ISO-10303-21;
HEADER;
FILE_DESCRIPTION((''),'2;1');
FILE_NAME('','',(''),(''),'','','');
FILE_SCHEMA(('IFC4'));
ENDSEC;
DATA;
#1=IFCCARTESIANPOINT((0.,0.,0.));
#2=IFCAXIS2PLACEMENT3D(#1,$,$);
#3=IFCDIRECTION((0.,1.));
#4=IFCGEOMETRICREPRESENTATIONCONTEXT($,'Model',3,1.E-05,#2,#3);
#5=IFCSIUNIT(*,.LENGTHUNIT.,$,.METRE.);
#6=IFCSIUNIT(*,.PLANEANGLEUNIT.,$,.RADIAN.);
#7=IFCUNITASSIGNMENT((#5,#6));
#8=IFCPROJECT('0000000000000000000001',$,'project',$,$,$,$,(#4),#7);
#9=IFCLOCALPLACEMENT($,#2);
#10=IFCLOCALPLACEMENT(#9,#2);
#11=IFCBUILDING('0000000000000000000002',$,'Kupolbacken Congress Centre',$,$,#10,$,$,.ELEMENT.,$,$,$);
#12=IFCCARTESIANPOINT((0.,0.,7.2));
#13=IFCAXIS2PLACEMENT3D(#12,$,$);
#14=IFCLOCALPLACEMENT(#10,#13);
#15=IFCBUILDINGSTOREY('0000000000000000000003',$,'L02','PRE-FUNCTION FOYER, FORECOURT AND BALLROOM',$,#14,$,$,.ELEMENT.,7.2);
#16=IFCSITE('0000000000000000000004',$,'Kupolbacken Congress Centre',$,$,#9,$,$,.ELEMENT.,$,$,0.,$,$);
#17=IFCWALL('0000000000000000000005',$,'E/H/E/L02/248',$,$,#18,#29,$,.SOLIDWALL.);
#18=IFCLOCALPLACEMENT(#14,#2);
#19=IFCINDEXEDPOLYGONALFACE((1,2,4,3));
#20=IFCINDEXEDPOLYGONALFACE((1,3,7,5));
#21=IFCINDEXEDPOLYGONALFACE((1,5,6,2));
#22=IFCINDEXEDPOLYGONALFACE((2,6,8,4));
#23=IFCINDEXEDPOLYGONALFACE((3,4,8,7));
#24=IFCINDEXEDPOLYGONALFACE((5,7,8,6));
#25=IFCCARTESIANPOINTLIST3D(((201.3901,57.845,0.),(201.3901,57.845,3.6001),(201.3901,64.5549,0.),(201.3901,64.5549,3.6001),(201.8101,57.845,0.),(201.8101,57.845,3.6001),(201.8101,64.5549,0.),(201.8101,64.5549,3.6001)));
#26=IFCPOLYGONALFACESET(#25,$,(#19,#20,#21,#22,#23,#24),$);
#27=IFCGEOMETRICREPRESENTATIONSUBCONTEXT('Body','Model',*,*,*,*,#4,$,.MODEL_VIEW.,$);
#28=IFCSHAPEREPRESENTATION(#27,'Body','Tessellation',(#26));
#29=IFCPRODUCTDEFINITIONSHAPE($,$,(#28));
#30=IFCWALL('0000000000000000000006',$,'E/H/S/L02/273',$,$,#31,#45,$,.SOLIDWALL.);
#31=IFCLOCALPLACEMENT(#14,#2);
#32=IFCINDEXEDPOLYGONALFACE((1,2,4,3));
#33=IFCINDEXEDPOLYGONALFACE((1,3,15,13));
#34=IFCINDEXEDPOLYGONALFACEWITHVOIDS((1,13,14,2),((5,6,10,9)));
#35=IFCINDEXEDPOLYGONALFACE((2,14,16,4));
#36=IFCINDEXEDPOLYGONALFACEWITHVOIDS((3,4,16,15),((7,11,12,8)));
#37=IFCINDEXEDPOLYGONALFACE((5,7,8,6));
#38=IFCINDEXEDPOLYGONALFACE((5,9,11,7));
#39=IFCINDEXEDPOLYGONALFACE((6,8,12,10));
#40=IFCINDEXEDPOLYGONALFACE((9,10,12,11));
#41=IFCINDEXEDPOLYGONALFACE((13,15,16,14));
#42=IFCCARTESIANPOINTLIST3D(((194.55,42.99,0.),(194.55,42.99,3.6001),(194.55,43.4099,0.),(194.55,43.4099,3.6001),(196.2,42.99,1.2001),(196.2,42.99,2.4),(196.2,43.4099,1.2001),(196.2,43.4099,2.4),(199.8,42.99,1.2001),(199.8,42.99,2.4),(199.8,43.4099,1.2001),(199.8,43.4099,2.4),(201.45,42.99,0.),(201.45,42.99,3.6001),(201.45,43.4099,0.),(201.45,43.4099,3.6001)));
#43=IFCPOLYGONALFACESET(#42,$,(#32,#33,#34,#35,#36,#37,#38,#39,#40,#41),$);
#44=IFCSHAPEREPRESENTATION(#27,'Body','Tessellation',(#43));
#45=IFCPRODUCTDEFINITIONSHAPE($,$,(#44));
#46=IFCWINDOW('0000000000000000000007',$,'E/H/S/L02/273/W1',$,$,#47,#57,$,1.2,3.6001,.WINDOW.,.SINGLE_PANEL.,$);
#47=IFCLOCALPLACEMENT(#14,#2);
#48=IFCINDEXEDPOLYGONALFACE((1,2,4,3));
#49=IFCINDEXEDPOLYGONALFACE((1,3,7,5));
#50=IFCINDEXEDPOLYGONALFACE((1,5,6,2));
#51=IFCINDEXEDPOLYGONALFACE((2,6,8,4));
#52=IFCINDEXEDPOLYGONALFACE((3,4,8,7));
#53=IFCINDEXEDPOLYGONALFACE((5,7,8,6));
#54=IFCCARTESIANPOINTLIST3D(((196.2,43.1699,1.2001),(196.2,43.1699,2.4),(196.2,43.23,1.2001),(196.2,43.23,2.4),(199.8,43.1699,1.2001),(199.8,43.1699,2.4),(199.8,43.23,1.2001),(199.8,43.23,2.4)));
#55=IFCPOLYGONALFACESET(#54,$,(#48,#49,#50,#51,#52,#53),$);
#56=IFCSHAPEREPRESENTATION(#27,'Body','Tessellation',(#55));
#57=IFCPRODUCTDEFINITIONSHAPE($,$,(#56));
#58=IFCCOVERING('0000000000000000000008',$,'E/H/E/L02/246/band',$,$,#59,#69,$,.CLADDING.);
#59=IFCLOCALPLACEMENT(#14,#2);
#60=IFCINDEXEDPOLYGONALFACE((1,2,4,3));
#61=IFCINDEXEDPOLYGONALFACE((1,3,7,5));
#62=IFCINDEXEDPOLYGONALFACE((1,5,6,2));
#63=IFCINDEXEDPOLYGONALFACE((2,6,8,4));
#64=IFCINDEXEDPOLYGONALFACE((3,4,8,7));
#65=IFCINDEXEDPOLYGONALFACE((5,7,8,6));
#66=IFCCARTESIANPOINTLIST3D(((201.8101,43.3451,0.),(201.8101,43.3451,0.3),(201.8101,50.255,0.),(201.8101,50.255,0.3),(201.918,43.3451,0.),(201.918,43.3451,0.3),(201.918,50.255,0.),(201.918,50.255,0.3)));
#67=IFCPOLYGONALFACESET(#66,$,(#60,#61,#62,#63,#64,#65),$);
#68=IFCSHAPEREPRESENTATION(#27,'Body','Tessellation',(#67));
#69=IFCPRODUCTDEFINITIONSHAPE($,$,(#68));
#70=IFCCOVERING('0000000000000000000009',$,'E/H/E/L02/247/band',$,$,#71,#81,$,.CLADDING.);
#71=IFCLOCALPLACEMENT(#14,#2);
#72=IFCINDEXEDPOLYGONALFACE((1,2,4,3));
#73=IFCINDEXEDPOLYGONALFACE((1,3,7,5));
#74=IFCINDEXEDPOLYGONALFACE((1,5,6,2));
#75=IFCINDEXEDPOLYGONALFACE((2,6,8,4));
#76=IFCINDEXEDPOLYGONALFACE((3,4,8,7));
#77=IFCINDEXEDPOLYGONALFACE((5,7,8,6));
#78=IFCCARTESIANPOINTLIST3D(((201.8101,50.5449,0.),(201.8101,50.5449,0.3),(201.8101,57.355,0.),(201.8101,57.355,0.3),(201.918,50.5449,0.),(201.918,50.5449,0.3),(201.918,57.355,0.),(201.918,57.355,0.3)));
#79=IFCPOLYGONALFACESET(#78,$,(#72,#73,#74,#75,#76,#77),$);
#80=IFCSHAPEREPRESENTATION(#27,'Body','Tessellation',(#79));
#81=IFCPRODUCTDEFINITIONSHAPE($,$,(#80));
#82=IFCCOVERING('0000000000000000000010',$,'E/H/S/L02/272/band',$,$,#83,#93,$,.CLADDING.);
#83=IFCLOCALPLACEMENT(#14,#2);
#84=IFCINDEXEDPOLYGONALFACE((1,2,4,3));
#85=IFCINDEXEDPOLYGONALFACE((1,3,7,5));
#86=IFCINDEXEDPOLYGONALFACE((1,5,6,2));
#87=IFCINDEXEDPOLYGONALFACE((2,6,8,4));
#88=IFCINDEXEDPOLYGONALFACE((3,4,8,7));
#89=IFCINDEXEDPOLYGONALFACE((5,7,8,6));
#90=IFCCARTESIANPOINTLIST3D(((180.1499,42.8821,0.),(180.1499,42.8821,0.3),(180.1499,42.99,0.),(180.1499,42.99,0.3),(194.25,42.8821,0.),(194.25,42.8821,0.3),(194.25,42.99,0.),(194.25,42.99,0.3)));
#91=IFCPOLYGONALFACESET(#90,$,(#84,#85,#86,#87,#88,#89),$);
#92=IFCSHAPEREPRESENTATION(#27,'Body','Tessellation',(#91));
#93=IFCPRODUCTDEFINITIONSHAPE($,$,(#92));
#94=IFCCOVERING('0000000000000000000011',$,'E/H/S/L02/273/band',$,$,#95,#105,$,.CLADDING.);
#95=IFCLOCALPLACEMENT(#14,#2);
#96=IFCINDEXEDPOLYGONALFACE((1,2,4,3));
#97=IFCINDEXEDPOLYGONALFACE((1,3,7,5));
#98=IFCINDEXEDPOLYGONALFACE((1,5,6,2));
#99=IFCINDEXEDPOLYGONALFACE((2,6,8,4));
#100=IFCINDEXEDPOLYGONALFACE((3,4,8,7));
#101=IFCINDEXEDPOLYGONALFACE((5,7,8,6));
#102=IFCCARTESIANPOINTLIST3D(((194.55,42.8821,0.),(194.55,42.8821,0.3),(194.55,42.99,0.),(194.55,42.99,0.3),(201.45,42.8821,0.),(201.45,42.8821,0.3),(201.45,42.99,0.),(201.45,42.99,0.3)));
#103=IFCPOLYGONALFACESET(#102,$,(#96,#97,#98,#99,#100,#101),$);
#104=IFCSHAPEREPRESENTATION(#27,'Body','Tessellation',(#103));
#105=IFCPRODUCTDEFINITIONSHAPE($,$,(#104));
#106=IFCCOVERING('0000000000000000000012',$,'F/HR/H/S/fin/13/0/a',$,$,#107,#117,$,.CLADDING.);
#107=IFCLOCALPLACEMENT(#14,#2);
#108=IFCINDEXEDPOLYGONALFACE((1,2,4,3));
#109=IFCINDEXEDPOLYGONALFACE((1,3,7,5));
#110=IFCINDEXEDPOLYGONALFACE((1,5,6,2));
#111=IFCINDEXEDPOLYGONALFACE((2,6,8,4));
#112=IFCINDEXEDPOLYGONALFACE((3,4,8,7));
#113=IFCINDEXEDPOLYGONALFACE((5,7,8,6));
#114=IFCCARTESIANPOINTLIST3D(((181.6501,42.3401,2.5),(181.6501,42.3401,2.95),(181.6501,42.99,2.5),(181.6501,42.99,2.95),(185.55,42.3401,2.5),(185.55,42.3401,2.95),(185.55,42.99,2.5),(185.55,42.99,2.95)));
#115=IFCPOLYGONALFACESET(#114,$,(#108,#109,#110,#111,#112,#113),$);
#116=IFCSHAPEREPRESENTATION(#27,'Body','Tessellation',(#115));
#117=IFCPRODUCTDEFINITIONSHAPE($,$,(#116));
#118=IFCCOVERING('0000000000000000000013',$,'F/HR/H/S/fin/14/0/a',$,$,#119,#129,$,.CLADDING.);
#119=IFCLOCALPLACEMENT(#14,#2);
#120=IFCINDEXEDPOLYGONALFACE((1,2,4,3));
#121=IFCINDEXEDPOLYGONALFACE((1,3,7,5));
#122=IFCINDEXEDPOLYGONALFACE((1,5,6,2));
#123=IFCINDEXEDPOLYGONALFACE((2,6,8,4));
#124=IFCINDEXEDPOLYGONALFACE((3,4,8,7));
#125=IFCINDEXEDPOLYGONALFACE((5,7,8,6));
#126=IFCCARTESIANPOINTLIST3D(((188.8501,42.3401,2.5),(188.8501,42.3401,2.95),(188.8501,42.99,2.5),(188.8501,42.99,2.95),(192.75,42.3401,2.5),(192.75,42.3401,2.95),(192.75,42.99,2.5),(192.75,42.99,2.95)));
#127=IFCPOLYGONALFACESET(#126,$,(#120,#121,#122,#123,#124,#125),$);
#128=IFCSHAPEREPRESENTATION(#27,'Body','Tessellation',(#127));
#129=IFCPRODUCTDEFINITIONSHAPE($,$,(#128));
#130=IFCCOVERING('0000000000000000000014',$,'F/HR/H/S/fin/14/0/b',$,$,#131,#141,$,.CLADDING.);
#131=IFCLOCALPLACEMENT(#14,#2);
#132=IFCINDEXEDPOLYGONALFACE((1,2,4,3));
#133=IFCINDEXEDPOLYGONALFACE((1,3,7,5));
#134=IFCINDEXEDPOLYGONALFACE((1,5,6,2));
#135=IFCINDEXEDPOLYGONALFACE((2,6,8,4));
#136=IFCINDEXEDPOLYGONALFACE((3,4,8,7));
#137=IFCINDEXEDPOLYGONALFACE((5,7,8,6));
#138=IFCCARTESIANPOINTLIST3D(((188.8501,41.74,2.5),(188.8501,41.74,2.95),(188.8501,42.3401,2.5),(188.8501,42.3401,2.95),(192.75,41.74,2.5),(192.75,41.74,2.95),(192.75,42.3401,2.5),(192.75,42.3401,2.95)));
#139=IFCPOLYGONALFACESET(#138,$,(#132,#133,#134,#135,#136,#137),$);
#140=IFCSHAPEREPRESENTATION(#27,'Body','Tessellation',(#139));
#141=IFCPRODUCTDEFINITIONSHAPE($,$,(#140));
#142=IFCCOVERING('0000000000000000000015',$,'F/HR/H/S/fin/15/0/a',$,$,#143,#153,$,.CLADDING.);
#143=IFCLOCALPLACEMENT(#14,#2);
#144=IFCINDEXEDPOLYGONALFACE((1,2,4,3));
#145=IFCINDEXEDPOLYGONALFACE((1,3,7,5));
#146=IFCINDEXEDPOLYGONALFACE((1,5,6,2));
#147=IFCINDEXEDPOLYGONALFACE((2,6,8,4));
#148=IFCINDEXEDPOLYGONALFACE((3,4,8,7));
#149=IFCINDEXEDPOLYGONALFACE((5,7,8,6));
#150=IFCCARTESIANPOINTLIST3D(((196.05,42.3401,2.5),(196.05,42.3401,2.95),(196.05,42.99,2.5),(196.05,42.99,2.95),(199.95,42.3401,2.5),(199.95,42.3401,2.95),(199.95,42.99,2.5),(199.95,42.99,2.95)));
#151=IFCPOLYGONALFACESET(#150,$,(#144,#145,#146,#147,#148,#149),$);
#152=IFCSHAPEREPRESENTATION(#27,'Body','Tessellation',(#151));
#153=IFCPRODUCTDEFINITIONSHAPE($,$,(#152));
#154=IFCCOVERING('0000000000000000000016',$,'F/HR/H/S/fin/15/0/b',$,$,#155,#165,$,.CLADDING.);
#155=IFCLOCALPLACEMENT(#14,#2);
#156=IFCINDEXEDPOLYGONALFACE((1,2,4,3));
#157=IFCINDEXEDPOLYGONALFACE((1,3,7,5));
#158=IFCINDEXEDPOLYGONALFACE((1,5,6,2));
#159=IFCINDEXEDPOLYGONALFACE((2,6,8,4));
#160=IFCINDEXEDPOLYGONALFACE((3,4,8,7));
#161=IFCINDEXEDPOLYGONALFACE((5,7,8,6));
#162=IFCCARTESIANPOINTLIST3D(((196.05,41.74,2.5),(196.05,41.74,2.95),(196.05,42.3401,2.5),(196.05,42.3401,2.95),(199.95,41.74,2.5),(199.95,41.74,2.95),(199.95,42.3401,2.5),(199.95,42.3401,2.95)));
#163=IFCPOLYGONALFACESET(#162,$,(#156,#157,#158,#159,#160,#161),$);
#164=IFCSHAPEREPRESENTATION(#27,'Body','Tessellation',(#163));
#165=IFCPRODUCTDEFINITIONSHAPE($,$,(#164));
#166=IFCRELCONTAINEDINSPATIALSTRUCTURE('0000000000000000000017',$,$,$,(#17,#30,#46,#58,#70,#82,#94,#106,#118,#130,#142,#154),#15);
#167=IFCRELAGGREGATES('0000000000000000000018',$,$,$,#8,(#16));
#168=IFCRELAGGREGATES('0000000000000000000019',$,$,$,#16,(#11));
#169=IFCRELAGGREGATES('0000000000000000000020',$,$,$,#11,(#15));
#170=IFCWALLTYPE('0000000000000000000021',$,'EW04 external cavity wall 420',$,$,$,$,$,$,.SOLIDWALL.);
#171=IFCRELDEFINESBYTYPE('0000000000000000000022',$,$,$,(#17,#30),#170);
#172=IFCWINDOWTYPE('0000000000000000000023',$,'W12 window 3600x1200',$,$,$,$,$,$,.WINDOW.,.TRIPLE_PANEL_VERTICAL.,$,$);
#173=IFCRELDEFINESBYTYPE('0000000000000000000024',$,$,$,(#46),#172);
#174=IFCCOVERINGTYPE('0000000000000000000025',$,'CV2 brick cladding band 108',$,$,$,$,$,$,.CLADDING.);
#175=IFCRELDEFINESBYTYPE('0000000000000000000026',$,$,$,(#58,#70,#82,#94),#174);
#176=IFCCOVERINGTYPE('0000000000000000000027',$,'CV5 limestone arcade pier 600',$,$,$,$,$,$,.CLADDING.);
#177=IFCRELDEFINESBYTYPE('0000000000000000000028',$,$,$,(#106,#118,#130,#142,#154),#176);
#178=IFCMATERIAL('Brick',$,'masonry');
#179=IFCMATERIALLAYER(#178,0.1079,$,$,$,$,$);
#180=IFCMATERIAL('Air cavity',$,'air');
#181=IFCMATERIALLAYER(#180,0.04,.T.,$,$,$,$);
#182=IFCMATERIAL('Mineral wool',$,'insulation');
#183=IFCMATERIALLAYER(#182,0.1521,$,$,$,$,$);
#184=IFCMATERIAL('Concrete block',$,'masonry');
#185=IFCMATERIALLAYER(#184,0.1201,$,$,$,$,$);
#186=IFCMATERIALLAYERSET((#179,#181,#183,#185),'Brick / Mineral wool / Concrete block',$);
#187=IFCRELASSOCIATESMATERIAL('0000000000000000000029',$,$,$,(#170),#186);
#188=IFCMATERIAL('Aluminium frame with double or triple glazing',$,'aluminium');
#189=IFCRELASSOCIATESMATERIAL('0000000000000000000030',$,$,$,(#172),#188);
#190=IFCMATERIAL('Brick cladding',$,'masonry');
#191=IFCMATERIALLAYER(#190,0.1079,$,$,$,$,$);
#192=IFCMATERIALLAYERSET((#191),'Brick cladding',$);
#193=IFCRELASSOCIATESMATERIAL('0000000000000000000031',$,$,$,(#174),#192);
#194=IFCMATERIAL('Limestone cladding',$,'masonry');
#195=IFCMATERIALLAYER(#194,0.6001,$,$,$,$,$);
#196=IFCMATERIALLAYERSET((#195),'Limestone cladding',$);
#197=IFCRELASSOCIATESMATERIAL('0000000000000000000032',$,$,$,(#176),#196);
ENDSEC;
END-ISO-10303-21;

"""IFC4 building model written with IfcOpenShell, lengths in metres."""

from ifc_helpers import new_model, si_unit, direction, frame, frame_2d, origin, origin_2d, place, context, subcontext, project, spatial, rectangle, extrude, material, layer, layer_set, type_object, element, fill, save


model = new_model("IFC4")

# Units and contexts
model_context = context("Model", 3, precision=1e-05, world=origin(), true_north=direction((0.0, 1.0)))
body_context = subcontext(model_context, "Body", "Model", "MODEL_VIEW")
ifc_project = project(units=[si_unit("LENGTHUNIT", "METRE"), si_unit("PLANEANGLEUNIT", "RADIAN")], contexts=[model_context])

# Site, building, storey
site_placement = place(None, origin())
site = spatial("IfcSite", under=ifc_project, at=site_placement, Name="Kupolbacken Congress Centre", CompositionType="ELEMENT", RefElevation=0.0)
building_placement = place(site_placement, origin())
building = spatial("IfcBuilding", under=site, at=building_placement, Name="Kupolbacken Congress Centre", CompositionType="ELEMENT")
storey_placement = place(building_placement, frame((0.0, 0.0, 7.2)))
storey = spatial("IfcBuildingStorey", under=building, at=storey_placement, Name="L02", Description="PRE-FUNCTION FOYER, FORECOURT AND BALLROOM", CompositionType="ELEMENT", Elevation=7.2)

# Shared definitions
ifc_material_1 = material(Name="Brick", Category="masonry")
ifc_layer_1 = layer(ifc_material_1, 0.1079)
ifc_material_2 = material(Name="Air cavity", Category="air")
ifc_layer_2 = layer(ifc_material_2, 0.04, ventilated=True)
ifc_material_3 = material(Name="Mineral wool", Category="insulation")
ifc_layer_3 = layer(ifc_material_3, 0.1521)
ifc_material_4 = material(Name="Concrete block", Category="masonry")
ifc_layer_4 = layer(ifc_material_4, 0.1201)
ifc_layer_set_1 = layer_set([ifc_layer_1, ifc_layer_2, ifc_layer_3, ifc_layer_4], Name="Brick / Mineral wool / Concrete block")
wall_type = type_object("IfcWallType", Name="EW04 external cavity wall 420", PredefinedType="SOLIDWALL", material=ifc_layer_set_1)
ifc_material_5 = material(Name="Aluminium frame with double or triple glazing", Category="aluminium")
window_type = type_object("IfcWindowType", Name="W12 window 3600x1200", PartitioningType="TRIPLE_PANEL_VERTICAL", PredefinedType="WINDOW", material=ifc_material_5)

# Wall
wall_1_placement = place(storey_placement, frame((201.6001, 57.845, 0.0), z_axis=(0.0, 0.0, 1.0), x_axis=(0.0, 1.0, 0.0)))
element("IfcWall", 1, at=wall_1_placement, inside=storey, type_object=wall_type, Name="E/H/E/L02/248", PredefinedType="SOLIDWALL", context=body_context, shape_type="SweptSolid", body=[
    extrude(rectangle(XDim=6.71, YDim=0.4199, at=frame_2d((3.355, 0.0))), origin(), (0.0, 0.0, 1.0), 3.6001),
])

# Wall, opening, window
wall_2_placement = place(storey_placement, frame((194.55, 43.2, 0.0), z_axis=(0.0, 0.0, 1.0), x_axis=(1.0, 0.0, 0.0)))
wall_2 = element("IfcWall", 2, at=wall_2_placement, inside=storey, type_object=wall_type, Name="E/H/S/L02/273", PredefinedType="SOLIDWALL", context=body_context, shape_type="SweptSolid", body=[
    extrude(rectangle(XDim=6.8999, YDim=0.4199, at=frame_2d((3.45, 0.0))), origin(), (0.0, 0.0, 1.0), 3.6001),
])
opening_1_placement = place(wall_2_placement, frame((1.6499, 0.0, 1.2)))
opening_1 = element("IfcOpeningElement", 3, at=opening_1_placement, cuts=wall_2, PredefinedType="OPENING", context=body_context, shape_type="SweptSolid", body=[
    extrude(rectangle(XDim=3.6001, YDim=1.2, at=frame_2d((1.8, 0.6001))), frame((0.0, 0.22, 0.0), z_axis=(0.0, -1.0, 0.0), x_axis=(1.0, 0.0, 0.0)), (0.0, 0.0, 1.0), 0.4399),
])
window_1_placement = place(opening_1_placement, origin())
window_1 = element("IfcWindow", 4, at=window_1_placement, inside=storey, type_object=window_type, Name="E/H/S/L02/273/W1", OverallHeight=1.2, OverallWidth=3.6001, PartitioningType="SINGLE_PANEL", PredefinedType="WINDOW", context=body_context, shape_type="SweptSolid", body=[
    extrude(rectangle(XDim=3.6001, YDim=1.2, at=frame_2d((1.8, 0.6001))), frame((0.0, 0.03, 0.0), z_axis=(0.0, -1.0, 0.0), x_axis=(1.0, 0.0, 0.0)), (0.0, 0.0, 1.0), 0.0601),
])
fill(opening_1, window_1)

# Coverings
ifc_material_6 = material(Name="Brick cladding", Category="masonry")
ifc_layer_5 = layer(ifc_material_6, 0.1079)
ifc_layer_set_2 = layer_set([ifc_layer_5], Name="Brick cladding")
covering_type_1 = type_object("IfcCoveringType", Name="CV2 brick cladding band 108", PredefinedType="CLADDING", material=ifc_layer_set_2)
covering_1_placement = place(storey_placement, frame((201.864, 46.8, 0.0), z_axis=(0.0, 0.0, 1.0), x_axis=(0.0, 1.0, 0.0)))
element("IfcCovering", 5, at=covering_1_placement, inside=storey, type_object=covering_type_1, Name="E/H/E/L02/246/band", PredefinedType="CLADDING", context=body_context, shape_type="SweptSolid", body=[
    extrude(rectangle(XDim=6.9099, YDim=0.1079, at=origin_2d()), origin(), (0.0, 0.0, 1.0), 0.3),
])
covering_2_placement = place(storey_placement, frame((201.864, 53.95, 0.0), z_axis=(0.0, 0.0, 1.0), x_axis=(0.0, 1.0, 0.0)))
element("IfcCovering", 6, at=covering_2_placement, inside=storey, type_object=covering_type_1, Name="E/H/E/L02/247/band", PredefinedType="CLADDING", context=body_context, shape_type="SweptSolid", body=[
    extrude(rectangle(XDim=6.8101, YDim=0.1079, at=origin_2d()), origin(), (0.0, 0.0, 1.0), 0.3),
])
covering_3_placement = place(storey_placement, frame((187.2, 42.936, 0.0), z_axis=(0.0, 0.0, 1.0), x_axis=(1.0, 0.0, 0.0)))
element("IfcCovering", 7, at=covering_3_placement, inside=storey, type_object=covering_type_1, Name="E/H/S/L02/272/band", PredefinedType="CLADDING", context=body_context, shape_type="SweptSolid", body=[
    extrude(rectangle(XDim=14.1001, YDim=0.1079, at=origin_2d()), origin(), (0.0, 0.0, 1.0), 0.3),
])
covering_4_placement = place(storey_placement, frame((198.0, 42.936, 0.0), z_axis=(0.0, 0.0, 1.0), x_axis=(1.0, 0.0, 0.0)))
element("IfcCovering", 8, at=covering_4_placement, inside=storey, type_object=covering_type_1, Name="E/H/S/L02/273/band", PredefinedType="CLADDING", context=body_context, shape_type="SweptSolid", body=[
    extrude(rectangle(XDim=6.8999, YDim=0.1079, at=origin_2d()), origin(), (0.0, 0.0, 1.0), 0.3),
])
ifc_material_7 = material(Name="Limestone cladding", Category="masonry")
ifc_layer_6 = layer(ifc_material_7, 0.6001)
ifc_layer_set_3 = layer_set([ifc_layer_6], Name="Limestone cladding")
covering_type_2 = type_object("IfcCoveringType", Name="CV5 limestone arcade pier 600", PredefinedType="CLADDING", material=ifc_layer_set_3)
for number, where, z_axis, x_axis, name in (
    (9, (183.6001, 42.665, 2.5), (0.0, 0.0, 1.0), (1.0, 0.0, 0.0), "F/HR/H/S/fin/13/0/a"),
    (10, (190.8, 42.665, 2.5), (0.0, 0.0, 1.0), (1.0, 0.0, 0.0), "F/HR/H/S/fin/14/0/a"),
):
    element("IfcCovering", number, at=place(storey_placement, frame(where, z_axis=z_axis, x_axis=x_axis)), inside=storey, type_object=covering_type_2, Name=name, PredefinedType="CLADDING", context=body_context, shape_type="SweptSolid", body=[
        extrude(rectangle(XDim=3.8999, YDim=0.6499, at=origin_2d()), origin(), (0.0, 0.0, 1.0), 0.45),
    ])
covering_5_placement = place(storey_placement, frame((190.8, 42.04, 2.5), z_axis=(0.0, 0.0, 1.0), x_axis=(1.0, 0.0, 0.0)))
element("IfcCovering", 11, at=covering_5_placement, inside=storey, type_object=covering_type_2, Name="F/HR/H/S/fin/14/0/b", PredefinedType="CLADDING", context=body_context, shape_type="SweptSolid", body=[
    extrude(rectangle(XDim=3.8999, YDim=0.6001, at=origin_2d()), origin(), (0.0, 0.0, 1.0), 0.45),
])
covering_6_placement = place(storey_placement, frame((198.0, 42.665, 2.5), z_axis=(0.0, 0.0, 1.0), x_axis=(1.0, 0.0, 0.0)))
element("IfcCovering", 12, at=covering_6_placement, inside=storey, type_object=covering_type_2, Name="F/HR/H/S/fin/15/0/a", PredefinedType="CLADDING", context=body_context, shape_type="SweptSolid", body=[
    extrude(rectangle(XDim=3.8999, YDim=0.6499, at=origin_2d()), origin(), (0.0, 0.0, 1.0), 0.45),
])
covering_7_placement = place(storey_placement, frame((198.0, 42.04, 2.5), z_axis=(0.0, 0.0, 1.0), x_axis=(1.0, 0.0, 0.0)))
element("IfcCovering", 13, at=covering_7_placement, inside=storey, type_object=covering_type_2, Name="F/HR/H/S/fin/15/0/b", PredefinedType="CLADDING", context=body_context, shape_type="SweptSolid", body=[
    extrude(rectangle(XDim=3.8999, YDim=0.6001, at=origin_2d()), origin(), (0.0, 0.0, 1.0), 0.45),
])

save(model, "model.ifc")
